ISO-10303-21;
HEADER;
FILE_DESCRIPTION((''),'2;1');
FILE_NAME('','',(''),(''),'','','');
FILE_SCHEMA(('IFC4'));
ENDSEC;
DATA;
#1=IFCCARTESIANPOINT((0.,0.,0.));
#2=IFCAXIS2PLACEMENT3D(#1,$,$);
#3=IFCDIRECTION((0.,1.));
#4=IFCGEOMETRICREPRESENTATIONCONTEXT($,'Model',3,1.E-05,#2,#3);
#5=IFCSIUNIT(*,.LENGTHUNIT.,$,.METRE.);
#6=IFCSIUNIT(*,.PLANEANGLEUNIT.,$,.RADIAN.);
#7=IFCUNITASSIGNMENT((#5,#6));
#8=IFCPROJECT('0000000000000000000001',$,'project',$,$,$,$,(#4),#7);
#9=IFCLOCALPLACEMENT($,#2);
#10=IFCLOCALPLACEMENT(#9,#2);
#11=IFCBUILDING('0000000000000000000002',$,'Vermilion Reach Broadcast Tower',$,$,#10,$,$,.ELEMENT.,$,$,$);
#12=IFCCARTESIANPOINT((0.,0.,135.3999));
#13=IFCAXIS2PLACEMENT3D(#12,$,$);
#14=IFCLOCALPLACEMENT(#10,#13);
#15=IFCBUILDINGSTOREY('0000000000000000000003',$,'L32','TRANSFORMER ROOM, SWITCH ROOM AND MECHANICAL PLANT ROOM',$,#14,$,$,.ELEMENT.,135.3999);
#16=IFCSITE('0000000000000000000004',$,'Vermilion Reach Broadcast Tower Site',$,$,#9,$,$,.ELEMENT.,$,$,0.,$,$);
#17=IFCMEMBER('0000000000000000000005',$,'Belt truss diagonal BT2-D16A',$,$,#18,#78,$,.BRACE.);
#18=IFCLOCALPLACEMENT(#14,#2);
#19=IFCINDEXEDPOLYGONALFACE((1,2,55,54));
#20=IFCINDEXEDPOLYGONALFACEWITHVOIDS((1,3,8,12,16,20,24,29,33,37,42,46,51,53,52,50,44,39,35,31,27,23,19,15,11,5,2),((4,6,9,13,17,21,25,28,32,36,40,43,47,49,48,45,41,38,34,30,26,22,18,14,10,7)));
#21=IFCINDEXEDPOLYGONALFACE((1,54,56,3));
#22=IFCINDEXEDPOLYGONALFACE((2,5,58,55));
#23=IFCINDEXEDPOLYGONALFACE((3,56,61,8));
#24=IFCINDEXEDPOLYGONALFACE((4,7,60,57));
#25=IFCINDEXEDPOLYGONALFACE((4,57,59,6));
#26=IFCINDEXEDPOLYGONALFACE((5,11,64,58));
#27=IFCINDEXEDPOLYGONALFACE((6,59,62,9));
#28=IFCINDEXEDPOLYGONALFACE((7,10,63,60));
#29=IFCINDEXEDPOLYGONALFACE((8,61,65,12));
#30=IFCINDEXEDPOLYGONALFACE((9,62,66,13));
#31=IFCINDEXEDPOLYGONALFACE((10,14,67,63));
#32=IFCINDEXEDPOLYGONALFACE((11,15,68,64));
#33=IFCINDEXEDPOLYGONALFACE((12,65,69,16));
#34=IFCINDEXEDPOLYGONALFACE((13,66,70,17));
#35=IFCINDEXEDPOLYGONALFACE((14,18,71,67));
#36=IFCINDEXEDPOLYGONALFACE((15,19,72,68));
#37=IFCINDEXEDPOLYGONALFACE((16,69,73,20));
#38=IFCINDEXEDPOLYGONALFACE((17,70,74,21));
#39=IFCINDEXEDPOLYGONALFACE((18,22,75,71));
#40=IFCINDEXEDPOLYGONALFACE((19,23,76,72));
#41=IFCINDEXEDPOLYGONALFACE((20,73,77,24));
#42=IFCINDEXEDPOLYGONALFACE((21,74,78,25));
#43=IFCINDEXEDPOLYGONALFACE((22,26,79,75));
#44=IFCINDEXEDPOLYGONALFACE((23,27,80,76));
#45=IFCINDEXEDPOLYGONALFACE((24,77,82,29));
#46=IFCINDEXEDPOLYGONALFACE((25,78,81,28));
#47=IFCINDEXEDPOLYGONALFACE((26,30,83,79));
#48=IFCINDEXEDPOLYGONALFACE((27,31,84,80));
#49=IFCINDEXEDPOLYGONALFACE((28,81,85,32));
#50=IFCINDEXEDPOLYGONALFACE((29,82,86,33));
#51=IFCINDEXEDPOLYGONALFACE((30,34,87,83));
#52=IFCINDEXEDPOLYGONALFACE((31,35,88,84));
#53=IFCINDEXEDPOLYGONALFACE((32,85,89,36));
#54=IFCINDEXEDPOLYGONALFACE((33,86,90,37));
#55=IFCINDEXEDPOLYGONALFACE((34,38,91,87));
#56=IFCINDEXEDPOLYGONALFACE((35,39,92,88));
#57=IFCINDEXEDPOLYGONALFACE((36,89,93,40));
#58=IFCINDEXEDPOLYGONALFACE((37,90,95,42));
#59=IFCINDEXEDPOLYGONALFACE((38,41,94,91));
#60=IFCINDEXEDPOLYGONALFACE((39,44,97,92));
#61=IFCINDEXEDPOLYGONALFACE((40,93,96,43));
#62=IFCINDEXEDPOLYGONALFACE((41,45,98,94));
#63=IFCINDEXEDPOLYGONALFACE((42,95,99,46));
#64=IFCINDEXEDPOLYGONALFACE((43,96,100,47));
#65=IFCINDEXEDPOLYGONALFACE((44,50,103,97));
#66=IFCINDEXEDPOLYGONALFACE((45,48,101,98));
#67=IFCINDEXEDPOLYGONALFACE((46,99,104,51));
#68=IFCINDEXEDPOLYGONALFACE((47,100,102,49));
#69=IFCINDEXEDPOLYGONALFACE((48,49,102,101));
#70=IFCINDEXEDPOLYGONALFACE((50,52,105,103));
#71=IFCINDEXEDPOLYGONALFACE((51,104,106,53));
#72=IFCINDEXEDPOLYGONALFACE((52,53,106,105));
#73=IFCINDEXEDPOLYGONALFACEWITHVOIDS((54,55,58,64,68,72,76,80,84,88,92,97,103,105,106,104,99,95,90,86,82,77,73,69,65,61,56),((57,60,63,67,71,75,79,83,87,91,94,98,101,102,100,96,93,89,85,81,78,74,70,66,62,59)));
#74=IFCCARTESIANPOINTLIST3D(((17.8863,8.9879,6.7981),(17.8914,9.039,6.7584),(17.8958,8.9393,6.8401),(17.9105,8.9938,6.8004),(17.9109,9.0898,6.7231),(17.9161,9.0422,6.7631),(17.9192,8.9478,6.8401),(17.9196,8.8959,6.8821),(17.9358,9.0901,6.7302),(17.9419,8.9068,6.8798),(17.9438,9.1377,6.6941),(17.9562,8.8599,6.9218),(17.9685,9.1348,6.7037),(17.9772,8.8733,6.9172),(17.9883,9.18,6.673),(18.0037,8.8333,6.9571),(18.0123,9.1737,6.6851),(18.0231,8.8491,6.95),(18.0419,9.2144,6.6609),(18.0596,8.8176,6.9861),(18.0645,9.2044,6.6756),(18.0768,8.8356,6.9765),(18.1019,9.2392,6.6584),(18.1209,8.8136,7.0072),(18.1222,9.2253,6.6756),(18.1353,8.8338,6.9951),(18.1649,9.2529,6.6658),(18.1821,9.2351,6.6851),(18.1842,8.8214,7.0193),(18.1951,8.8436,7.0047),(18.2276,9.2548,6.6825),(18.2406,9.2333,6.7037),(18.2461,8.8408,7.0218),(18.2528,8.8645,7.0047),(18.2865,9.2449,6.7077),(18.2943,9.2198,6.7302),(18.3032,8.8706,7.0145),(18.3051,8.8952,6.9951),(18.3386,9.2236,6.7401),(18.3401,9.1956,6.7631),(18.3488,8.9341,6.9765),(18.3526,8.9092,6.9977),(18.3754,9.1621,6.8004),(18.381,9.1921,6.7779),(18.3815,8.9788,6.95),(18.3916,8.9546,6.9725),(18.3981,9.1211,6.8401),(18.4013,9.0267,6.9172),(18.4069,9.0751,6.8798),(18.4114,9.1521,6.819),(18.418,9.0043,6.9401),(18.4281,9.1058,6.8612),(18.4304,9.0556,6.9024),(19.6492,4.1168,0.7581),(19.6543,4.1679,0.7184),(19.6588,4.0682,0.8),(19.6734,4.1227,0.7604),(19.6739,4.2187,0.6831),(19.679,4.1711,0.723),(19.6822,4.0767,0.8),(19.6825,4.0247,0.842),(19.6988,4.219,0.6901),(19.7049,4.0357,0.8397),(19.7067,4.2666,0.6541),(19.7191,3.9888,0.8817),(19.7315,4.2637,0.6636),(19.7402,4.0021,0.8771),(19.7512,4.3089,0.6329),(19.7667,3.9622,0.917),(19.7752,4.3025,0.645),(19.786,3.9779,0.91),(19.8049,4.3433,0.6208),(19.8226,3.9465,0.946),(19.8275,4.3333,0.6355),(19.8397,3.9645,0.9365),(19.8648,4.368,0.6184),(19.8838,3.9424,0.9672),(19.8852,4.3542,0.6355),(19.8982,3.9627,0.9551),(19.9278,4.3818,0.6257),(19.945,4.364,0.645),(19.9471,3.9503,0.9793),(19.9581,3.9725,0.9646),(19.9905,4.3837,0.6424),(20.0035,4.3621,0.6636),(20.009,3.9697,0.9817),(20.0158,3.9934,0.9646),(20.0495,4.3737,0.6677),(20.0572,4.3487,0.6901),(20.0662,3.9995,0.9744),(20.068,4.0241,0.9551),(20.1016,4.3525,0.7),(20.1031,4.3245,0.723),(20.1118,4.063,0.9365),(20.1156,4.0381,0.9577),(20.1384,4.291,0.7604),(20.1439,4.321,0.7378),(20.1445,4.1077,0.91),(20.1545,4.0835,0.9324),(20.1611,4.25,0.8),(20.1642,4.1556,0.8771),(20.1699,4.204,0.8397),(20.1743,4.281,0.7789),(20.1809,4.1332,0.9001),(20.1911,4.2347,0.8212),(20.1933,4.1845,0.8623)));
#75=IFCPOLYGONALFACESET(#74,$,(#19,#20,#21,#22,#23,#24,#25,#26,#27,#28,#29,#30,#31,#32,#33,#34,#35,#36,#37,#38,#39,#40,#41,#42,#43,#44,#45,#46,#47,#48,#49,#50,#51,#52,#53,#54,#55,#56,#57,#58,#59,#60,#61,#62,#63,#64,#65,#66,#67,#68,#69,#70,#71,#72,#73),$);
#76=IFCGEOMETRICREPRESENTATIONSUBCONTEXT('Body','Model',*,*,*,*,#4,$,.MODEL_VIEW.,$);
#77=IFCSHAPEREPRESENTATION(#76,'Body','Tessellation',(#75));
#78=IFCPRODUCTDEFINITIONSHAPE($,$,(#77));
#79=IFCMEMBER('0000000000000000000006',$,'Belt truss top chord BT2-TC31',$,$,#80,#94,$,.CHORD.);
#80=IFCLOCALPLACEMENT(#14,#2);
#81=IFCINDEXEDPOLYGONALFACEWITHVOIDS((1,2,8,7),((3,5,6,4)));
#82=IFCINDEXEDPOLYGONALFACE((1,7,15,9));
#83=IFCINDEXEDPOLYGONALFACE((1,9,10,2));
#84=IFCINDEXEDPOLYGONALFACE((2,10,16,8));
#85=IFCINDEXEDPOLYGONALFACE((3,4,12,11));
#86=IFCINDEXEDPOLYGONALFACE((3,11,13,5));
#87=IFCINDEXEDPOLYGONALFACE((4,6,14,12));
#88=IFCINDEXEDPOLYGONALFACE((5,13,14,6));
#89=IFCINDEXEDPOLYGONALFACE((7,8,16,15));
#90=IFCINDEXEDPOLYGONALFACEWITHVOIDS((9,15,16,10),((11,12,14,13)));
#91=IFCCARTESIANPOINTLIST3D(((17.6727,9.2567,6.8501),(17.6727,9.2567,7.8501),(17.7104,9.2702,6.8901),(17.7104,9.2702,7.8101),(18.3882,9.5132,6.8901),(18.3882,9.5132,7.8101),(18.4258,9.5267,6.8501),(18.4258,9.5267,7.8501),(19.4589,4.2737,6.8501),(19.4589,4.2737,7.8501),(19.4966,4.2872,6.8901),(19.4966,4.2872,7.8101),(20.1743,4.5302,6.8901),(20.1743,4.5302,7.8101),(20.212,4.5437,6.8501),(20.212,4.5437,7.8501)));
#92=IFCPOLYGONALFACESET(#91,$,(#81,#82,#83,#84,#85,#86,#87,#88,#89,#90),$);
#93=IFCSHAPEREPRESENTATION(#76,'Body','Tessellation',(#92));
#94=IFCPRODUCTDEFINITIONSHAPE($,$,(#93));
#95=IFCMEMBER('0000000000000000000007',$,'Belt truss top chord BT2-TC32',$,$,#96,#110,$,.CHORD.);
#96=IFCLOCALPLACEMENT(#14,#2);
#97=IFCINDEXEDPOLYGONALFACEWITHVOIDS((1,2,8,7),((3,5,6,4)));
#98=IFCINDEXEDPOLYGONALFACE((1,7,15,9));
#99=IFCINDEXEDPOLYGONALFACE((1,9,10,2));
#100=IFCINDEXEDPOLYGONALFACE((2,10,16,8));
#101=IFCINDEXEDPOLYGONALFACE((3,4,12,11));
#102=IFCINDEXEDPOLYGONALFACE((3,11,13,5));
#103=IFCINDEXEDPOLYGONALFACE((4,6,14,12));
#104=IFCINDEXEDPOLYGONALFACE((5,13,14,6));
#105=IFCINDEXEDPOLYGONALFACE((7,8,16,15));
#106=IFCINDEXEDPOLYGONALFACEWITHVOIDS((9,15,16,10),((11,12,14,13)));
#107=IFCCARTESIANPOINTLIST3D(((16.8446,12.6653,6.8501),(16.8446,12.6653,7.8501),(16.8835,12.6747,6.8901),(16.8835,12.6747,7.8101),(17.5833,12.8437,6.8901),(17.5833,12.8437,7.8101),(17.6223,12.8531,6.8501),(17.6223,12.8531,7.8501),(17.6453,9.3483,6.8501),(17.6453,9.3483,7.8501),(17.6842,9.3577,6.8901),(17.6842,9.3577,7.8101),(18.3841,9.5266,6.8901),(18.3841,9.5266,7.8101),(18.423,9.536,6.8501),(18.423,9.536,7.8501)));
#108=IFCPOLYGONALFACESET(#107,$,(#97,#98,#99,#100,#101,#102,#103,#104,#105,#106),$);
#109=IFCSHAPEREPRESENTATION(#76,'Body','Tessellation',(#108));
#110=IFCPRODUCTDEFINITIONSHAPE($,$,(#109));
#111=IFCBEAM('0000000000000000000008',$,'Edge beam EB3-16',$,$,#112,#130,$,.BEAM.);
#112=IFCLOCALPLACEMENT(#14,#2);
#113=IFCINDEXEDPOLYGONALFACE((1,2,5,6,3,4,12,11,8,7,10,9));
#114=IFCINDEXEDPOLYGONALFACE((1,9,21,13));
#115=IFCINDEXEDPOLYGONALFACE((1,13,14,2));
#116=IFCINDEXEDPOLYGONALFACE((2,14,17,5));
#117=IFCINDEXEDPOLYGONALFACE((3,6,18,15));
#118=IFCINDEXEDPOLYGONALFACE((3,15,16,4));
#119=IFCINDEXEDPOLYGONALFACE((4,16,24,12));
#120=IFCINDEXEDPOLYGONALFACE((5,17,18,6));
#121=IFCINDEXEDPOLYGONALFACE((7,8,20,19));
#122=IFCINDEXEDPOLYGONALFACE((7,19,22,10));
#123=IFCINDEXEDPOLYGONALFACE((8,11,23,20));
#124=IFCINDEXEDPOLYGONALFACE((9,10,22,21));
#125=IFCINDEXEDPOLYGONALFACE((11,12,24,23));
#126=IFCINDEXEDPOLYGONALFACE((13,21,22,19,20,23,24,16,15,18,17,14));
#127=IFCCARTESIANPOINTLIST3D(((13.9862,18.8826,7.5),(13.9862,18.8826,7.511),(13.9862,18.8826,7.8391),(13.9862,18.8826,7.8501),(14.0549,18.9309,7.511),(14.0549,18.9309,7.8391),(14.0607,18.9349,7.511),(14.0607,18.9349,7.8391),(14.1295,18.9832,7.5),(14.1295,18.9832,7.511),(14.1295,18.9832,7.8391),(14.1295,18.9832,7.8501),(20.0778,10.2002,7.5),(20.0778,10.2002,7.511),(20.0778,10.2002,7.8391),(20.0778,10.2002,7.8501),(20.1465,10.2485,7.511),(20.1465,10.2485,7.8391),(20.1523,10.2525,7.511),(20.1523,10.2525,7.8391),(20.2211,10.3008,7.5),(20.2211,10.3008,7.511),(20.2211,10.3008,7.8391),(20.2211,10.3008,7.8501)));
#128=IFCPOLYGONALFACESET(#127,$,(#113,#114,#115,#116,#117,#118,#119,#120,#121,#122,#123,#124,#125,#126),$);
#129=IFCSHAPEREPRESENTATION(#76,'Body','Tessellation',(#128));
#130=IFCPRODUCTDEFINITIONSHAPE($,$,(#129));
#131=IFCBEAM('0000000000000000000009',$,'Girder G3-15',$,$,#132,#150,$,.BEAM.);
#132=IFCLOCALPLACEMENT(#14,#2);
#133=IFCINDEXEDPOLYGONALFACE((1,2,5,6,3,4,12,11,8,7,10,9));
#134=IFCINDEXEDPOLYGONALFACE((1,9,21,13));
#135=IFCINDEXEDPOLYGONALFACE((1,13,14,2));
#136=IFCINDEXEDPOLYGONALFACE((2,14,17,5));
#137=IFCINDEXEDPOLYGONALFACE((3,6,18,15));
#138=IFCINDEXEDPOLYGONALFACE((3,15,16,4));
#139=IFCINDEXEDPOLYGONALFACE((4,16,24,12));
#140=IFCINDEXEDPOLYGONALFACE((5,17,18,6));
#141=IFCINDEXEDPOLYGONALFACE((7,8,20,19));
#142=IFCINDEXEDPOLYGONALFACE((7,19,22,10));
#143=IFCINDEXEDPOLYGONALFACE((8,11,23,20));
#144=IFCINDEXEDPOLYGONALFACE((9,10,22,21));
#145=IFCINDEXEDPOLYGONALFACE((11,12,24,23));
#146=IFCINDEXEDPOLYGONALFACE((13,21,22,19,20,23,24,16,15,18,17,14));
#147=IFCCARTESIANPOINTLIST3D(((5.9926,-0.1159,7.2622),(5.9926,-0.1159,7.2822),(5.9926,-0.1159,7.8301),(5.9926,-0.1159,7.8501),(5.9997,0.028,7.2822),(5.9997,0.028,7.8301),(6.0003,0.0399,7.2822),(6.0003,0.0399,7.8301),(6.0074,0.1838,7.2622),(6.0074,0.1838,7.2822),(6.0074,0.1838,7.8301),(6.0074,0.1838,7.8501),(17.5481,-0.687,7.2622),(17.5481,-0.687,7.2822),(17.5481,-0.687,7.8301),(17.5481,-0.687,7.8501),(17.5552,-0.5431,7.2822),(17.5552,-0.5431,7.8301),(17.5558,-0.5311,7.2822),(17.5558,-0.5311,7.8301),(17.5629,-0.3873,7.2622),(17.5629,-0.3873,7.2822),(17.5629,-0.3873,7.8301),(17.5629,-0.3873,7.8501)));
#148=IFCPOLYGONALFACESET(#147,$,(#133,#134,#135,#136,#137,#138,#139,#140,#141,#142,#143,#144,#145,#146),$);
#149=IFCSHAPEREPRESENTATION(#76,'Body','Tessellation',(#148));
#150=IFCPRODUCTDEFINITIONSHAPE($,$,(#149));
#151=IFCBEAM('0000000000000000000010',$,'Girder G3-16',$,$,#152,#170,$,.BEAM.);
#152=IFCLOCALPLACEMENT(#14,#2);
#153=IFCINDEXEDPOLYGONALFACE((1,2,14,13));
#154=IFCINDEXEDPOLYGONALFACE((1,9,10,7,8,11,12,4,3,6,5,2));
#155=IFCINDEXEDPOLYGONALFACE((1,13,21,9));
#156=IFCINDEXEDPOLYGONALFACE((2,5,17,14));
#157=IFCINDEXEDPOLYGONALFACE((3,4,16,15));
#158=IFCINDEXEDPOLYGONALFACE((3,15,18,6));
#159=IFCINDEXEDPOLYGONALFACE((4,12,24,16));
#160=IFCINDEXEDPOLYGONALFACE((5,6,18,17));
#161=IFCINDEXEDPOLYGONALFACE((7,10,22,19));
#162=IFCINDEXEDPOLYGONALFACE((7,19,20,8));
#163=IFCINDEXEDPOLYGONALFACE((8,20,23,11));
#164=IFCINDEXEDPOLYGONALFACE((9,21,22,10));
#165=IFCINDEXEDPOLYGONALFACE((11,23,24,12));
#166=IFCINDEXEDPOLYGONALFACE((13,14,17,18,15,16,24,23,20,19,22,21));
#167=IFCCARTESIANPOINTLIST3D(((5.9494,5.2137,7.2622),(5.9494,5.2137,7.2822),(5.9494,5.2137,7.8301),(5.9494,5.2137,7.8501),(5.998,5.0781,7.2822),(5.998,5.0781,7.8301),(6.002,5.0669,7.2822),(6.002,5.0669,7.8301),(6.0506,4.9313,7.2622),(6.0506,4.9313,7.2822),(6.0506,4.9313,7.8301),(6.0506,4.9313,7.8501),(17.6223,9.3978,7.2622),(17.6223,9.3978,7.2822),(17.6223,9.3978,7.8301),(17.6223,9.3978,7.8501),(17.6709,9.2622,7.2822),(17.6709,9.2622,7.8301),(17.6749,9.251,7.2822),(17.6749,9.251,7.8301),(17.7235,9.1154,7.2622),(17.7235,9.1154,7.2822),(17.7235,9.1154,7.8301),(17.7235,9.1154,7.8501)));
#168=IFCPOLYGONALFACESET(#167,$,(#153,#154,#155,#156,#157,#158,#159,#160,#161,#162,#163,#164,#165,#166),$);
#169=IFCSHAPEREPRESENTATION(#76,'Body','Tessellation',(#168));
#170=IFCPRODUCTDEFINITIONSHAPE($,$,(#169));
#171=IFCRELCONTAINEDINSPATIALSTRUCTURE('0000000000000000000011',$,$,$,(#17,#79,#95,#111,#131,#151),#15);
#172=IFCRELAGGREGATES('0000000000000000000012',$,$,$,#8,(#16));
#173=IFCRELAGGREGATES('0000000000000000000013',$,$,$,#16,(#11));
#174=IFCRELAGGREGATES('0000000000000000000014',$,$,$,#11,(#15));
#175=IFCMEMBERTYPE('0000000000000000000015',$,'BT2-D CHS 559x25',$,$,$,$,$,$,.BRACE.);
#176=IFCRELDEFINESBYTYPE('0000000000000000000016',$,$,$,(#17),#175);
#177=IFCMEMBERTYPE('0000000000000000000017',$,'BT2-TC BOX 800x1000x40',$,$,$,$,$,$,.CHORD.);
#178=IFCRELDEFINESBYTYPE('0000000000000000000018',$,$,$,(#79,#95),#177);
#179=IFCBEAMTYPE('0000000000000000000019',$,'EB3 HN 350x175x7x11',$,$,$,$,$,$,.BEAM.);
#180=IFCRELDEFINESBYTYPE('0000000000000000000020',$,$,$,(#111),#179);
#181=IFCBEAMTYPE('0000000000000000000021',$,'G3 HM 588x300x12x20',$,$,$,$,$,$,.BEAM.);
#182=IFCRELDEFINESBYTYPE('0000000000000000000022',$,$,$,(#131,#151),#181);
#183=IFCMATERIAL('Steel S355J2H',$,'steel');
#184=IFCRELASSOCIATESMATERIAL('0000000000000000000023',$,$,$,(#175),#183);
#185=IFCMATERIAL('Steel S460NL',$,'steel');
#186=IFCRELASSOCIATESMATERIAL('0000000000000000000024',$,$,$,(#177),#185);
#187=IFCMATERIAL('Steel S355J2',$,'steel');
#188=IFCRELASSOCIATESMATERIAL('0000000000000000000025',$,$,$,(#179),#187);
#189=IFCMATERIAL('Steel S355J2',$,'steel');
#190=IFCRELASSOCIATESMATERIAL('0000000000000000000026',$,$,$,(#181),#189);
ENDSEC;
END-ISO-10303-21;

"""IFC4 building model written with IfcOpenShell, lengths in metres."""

from ifc_helpers import new_model, si_unit, direction, frame, origin, origin_2d, place, context, subcontext, project, spatial, hollow_rectangle, hollow_circle, i_section, extrude, material, material_profile, profile_set, type_object, element, save


model = new_model("IFC4")

# Units and contexts
model_context = context("Model", 3, precision=1e-05, world=origin(), true_north=direction((0.0, 1.0)))
body_context = subcontext(model_context, "Body", "Model", "MODEL_VIEW")
ifc_project = project(units=[si_unit("LENGTHUNIT", "METRE"), si_unit("PLANEANGLEUNIT", "RADIAN")], contexts=[model_context])

# Site, building, storey
site_placement = place(None, origin())
site = spatial("IfcSite", under=ifc_project, at=site_placement, Name="Vermilion Reach Broadcast Tower Site", CompositionType="ELEMENT", RefElevation=0.0)
building_placement = place(site_placement, origin())
building = spatial("IfcBuilding", under=site, at=building_placement, Name="Vermilion Reach Broadcast Tower", CompositionType="ELEMENT")
storey_placement = place(building_placement, frame((0.0, 0.0, 135.3999)))
storey = spatial("IfcBuildingStorey", under=building, at=storey_placement, Name="L32", Description="TRANSFORMER ROOM, SWITCH ROOM AND MECHANICAL PLANT ROOM", CompositionType="ELEMENT", Elevation=135.3999)

# Members
ifc_material_1 = material(Name="Steel S355J2H", Category="steel")
ifc_material_profile_1 = material_profile(ifc_material_1, hollow_circle(Radius=0.2795, WallThickness=0.0249, at=origin_2d()), Name="S355J2H CHS 559x25")
ifc_profile_set_1 = profile_set([ifc_material_profile_1], Name="Steel S355J2H")
member_type_1 = type_object("IfcMemberType", Name="BT2-D CHS 559x25", PredefinedType="BRACE", material=ifc_profile_set_1)
member_1_placement = place(storey_placement, frame((19.9216, 4.1633, 0.8), z_axis=(-0.221552, 0.612159, 0.759063), x_axis=(-0.940311, -0.340316, 0.0)))
element("IfcMember", 1, at=member_1_placement, inside=storey, type_object=member_type_1, Name="Belt truss diagonal BT2-D16A", PredefinedType="BRACE", context=body_context, shape_type="SweptSolid", body=[
    extrude(hollow_circle(Radius=0.2795, WallThickness=0.0249, at=origin_2d()), origin(), (0.0, 0.0, 1.0), 7.9573),
])
ifc_material_2 = material(Name="Steel S460NL", Category="steel")
ifc_material_profile_2 = material_profile(ifc_material_2, hollow_rectangle(XDim=0.8, YDim=1.0, WallThickness=0.04, at=origin_2d()), Name="S460NL BOX 800x1000x40")
ifc_profile_set_2 = profile_set([ifc_material_profile_2], Name="Steel S460NL")
member_type_2 = type_object("IfcMemberType", Name="BT2-TC BOX 800x1000x40", PredefinedType="CHORD", material=ifc_profile_set_2)
member_2_placement = place(storey_placement, frame((19.8354, 4.4087, 7.3501), z_axis=(-0.337429, 0.941351, 0.0), x_axis=(-0.941351, -0.337429, 0.0)))
element("IfcMember", 2, at=member_2_placement, inside=storey, type_object=member_type_2, Name="Belt truss top chord BT2-TC31", PredefinedType="CHORD", context=body_context, shape_type="SweptSolid", body=[
    extrude(hollow_rectangle(XDim=0.8, YDim=1.0, WallThickness=0.04, at=origin_2d()), origin(), (0.0, 0.0, 1.0), 5.2935),
])
member_3_placement = place(storey_placement, frame((18.0342, 9.4421, 7.3501), z_axis=(-0.234666, 0.972076, 0.0), x_axis=(-0.972076, -0.234666, 0.0)))
element("IfcMember", 3, at=member_3_placement, inside=storey, type_object=member_type_2, Name="Belt truss top chord BT2-TC32", PredefinedType="CHORD", context=body_context, shape_type="SweptSolid", body=[
    extrude(hollow_rectangle(XDim=0.8, YDim=1.0, WallThickness=0.04, at=origin_2d()), origin(), (0.0, 0.0, 1.0), 3.4124),
])

# Beams
ifc_material_3 = material(Name="Steel S355J2", Category="steel")
ifc_material_profile_3 = material_profile(ifc_material_3, i_section(OverallWidth=0.175, OverallDepth=0.3501, WebThickness=0.0071, FlangeThickness=0.011, at=origin_2d()), Name="S355J2 HN 350x175x7x11")
ifc_profile_set_3 = profile_set([ifc_material_profile_3], Name="Steel S355J2")
beam_type_1 = type_object("IfcBeamType", Name="EB3 HN 350x175x7x11", PredefinedType="BEAM", material=ifc_profile_set_3)
beam_1_placement = place(storey_placement, frame((20.1494, 10.2505, 7.675), z_axis=(-0.574341, 0.818616, 0.0), x_axis=(-0.818616, -0.574341, 0.0)))
element("IfcBeam", 4, at=beam_1_placement, inside=storey, type_object=beam_type_1, Name="Edge beam EB3-16", PredefinedType="BEAM", context=body_context, shape_type="SweptSolid", body=[
    extrude(i_section(OverallWidth=0.175, OverallDepth=0.3501, WebThickness=0.0071, FlangeThickness=0.011, at=origin_2d()), origin(), (0.0, 0.0, 1.0), 10.6062),
])
ifc_material_4 = material(Name="Steel S355J2", Category="steel")
ifc_material_profile_4 = material_profile(ifc_material_4, i_section(OverallWidth=0.3, OverallDepth=0.5879, WebThickness=0.012, FlangeThickness=0.02, at=origin_2d()), Name="S355J2 HM 588x300x12x20")
ifc_profile_set_4 = profile_set([ifc_material_profile_4], Name="Steel S355J2")
beam_type_2 = type_object("IfcBeamType", Name="G3 HM 588x300x12x20", PredefinedType="BEAM", material=ifc_profile_set_4)
beam_2_placement = place(storey_placement, frame((6.0, 0.0339, 7.5562), z_axis=(0.998781, -0.049358, 0.0), x_axis=(0.049358, 0.998781, 0.0)))
element("IfcBeam", 5, at=beam_2_placement, inside=storey, type_object=beam_type_2, Name="Girder G3-15", PredefinedType="BEAM", context=body_context, shape_type="SweptSolid", body=[
    extrude(i_section(OverallWidth=0.3, OverallDepth=0.5879, WebThickness=0.012, FlangeThickness=0.02, at=origin_2d()), origin(), (0.0, 0.0, 1.0), 11.5696),
])
beam_3_placement = place(storey_placement, frame((6.0, 5.0725, 7.5562), z_axis=(0.941353, 0.337424, 0.0), x_axis=(-0.337424, 0.941353, 0.0)))
element("IfcBeam", 6, at=beam_3_placement, inside=storey, type_object=beam_type_2, Name="Girder G3-16", PredefinedType="BEAM", context=body_context, shape_type="SweptSolid", body=[
    extrude(i_section(OverallWidth=0.3, OverallDepth=0.5879, WebThickness=0.012, FlangeThickness=0.02, at=origin_2d()), origin(), (0.0, 0.0, 1.0), 12.4001),
])

save(model, "model.ifc")
